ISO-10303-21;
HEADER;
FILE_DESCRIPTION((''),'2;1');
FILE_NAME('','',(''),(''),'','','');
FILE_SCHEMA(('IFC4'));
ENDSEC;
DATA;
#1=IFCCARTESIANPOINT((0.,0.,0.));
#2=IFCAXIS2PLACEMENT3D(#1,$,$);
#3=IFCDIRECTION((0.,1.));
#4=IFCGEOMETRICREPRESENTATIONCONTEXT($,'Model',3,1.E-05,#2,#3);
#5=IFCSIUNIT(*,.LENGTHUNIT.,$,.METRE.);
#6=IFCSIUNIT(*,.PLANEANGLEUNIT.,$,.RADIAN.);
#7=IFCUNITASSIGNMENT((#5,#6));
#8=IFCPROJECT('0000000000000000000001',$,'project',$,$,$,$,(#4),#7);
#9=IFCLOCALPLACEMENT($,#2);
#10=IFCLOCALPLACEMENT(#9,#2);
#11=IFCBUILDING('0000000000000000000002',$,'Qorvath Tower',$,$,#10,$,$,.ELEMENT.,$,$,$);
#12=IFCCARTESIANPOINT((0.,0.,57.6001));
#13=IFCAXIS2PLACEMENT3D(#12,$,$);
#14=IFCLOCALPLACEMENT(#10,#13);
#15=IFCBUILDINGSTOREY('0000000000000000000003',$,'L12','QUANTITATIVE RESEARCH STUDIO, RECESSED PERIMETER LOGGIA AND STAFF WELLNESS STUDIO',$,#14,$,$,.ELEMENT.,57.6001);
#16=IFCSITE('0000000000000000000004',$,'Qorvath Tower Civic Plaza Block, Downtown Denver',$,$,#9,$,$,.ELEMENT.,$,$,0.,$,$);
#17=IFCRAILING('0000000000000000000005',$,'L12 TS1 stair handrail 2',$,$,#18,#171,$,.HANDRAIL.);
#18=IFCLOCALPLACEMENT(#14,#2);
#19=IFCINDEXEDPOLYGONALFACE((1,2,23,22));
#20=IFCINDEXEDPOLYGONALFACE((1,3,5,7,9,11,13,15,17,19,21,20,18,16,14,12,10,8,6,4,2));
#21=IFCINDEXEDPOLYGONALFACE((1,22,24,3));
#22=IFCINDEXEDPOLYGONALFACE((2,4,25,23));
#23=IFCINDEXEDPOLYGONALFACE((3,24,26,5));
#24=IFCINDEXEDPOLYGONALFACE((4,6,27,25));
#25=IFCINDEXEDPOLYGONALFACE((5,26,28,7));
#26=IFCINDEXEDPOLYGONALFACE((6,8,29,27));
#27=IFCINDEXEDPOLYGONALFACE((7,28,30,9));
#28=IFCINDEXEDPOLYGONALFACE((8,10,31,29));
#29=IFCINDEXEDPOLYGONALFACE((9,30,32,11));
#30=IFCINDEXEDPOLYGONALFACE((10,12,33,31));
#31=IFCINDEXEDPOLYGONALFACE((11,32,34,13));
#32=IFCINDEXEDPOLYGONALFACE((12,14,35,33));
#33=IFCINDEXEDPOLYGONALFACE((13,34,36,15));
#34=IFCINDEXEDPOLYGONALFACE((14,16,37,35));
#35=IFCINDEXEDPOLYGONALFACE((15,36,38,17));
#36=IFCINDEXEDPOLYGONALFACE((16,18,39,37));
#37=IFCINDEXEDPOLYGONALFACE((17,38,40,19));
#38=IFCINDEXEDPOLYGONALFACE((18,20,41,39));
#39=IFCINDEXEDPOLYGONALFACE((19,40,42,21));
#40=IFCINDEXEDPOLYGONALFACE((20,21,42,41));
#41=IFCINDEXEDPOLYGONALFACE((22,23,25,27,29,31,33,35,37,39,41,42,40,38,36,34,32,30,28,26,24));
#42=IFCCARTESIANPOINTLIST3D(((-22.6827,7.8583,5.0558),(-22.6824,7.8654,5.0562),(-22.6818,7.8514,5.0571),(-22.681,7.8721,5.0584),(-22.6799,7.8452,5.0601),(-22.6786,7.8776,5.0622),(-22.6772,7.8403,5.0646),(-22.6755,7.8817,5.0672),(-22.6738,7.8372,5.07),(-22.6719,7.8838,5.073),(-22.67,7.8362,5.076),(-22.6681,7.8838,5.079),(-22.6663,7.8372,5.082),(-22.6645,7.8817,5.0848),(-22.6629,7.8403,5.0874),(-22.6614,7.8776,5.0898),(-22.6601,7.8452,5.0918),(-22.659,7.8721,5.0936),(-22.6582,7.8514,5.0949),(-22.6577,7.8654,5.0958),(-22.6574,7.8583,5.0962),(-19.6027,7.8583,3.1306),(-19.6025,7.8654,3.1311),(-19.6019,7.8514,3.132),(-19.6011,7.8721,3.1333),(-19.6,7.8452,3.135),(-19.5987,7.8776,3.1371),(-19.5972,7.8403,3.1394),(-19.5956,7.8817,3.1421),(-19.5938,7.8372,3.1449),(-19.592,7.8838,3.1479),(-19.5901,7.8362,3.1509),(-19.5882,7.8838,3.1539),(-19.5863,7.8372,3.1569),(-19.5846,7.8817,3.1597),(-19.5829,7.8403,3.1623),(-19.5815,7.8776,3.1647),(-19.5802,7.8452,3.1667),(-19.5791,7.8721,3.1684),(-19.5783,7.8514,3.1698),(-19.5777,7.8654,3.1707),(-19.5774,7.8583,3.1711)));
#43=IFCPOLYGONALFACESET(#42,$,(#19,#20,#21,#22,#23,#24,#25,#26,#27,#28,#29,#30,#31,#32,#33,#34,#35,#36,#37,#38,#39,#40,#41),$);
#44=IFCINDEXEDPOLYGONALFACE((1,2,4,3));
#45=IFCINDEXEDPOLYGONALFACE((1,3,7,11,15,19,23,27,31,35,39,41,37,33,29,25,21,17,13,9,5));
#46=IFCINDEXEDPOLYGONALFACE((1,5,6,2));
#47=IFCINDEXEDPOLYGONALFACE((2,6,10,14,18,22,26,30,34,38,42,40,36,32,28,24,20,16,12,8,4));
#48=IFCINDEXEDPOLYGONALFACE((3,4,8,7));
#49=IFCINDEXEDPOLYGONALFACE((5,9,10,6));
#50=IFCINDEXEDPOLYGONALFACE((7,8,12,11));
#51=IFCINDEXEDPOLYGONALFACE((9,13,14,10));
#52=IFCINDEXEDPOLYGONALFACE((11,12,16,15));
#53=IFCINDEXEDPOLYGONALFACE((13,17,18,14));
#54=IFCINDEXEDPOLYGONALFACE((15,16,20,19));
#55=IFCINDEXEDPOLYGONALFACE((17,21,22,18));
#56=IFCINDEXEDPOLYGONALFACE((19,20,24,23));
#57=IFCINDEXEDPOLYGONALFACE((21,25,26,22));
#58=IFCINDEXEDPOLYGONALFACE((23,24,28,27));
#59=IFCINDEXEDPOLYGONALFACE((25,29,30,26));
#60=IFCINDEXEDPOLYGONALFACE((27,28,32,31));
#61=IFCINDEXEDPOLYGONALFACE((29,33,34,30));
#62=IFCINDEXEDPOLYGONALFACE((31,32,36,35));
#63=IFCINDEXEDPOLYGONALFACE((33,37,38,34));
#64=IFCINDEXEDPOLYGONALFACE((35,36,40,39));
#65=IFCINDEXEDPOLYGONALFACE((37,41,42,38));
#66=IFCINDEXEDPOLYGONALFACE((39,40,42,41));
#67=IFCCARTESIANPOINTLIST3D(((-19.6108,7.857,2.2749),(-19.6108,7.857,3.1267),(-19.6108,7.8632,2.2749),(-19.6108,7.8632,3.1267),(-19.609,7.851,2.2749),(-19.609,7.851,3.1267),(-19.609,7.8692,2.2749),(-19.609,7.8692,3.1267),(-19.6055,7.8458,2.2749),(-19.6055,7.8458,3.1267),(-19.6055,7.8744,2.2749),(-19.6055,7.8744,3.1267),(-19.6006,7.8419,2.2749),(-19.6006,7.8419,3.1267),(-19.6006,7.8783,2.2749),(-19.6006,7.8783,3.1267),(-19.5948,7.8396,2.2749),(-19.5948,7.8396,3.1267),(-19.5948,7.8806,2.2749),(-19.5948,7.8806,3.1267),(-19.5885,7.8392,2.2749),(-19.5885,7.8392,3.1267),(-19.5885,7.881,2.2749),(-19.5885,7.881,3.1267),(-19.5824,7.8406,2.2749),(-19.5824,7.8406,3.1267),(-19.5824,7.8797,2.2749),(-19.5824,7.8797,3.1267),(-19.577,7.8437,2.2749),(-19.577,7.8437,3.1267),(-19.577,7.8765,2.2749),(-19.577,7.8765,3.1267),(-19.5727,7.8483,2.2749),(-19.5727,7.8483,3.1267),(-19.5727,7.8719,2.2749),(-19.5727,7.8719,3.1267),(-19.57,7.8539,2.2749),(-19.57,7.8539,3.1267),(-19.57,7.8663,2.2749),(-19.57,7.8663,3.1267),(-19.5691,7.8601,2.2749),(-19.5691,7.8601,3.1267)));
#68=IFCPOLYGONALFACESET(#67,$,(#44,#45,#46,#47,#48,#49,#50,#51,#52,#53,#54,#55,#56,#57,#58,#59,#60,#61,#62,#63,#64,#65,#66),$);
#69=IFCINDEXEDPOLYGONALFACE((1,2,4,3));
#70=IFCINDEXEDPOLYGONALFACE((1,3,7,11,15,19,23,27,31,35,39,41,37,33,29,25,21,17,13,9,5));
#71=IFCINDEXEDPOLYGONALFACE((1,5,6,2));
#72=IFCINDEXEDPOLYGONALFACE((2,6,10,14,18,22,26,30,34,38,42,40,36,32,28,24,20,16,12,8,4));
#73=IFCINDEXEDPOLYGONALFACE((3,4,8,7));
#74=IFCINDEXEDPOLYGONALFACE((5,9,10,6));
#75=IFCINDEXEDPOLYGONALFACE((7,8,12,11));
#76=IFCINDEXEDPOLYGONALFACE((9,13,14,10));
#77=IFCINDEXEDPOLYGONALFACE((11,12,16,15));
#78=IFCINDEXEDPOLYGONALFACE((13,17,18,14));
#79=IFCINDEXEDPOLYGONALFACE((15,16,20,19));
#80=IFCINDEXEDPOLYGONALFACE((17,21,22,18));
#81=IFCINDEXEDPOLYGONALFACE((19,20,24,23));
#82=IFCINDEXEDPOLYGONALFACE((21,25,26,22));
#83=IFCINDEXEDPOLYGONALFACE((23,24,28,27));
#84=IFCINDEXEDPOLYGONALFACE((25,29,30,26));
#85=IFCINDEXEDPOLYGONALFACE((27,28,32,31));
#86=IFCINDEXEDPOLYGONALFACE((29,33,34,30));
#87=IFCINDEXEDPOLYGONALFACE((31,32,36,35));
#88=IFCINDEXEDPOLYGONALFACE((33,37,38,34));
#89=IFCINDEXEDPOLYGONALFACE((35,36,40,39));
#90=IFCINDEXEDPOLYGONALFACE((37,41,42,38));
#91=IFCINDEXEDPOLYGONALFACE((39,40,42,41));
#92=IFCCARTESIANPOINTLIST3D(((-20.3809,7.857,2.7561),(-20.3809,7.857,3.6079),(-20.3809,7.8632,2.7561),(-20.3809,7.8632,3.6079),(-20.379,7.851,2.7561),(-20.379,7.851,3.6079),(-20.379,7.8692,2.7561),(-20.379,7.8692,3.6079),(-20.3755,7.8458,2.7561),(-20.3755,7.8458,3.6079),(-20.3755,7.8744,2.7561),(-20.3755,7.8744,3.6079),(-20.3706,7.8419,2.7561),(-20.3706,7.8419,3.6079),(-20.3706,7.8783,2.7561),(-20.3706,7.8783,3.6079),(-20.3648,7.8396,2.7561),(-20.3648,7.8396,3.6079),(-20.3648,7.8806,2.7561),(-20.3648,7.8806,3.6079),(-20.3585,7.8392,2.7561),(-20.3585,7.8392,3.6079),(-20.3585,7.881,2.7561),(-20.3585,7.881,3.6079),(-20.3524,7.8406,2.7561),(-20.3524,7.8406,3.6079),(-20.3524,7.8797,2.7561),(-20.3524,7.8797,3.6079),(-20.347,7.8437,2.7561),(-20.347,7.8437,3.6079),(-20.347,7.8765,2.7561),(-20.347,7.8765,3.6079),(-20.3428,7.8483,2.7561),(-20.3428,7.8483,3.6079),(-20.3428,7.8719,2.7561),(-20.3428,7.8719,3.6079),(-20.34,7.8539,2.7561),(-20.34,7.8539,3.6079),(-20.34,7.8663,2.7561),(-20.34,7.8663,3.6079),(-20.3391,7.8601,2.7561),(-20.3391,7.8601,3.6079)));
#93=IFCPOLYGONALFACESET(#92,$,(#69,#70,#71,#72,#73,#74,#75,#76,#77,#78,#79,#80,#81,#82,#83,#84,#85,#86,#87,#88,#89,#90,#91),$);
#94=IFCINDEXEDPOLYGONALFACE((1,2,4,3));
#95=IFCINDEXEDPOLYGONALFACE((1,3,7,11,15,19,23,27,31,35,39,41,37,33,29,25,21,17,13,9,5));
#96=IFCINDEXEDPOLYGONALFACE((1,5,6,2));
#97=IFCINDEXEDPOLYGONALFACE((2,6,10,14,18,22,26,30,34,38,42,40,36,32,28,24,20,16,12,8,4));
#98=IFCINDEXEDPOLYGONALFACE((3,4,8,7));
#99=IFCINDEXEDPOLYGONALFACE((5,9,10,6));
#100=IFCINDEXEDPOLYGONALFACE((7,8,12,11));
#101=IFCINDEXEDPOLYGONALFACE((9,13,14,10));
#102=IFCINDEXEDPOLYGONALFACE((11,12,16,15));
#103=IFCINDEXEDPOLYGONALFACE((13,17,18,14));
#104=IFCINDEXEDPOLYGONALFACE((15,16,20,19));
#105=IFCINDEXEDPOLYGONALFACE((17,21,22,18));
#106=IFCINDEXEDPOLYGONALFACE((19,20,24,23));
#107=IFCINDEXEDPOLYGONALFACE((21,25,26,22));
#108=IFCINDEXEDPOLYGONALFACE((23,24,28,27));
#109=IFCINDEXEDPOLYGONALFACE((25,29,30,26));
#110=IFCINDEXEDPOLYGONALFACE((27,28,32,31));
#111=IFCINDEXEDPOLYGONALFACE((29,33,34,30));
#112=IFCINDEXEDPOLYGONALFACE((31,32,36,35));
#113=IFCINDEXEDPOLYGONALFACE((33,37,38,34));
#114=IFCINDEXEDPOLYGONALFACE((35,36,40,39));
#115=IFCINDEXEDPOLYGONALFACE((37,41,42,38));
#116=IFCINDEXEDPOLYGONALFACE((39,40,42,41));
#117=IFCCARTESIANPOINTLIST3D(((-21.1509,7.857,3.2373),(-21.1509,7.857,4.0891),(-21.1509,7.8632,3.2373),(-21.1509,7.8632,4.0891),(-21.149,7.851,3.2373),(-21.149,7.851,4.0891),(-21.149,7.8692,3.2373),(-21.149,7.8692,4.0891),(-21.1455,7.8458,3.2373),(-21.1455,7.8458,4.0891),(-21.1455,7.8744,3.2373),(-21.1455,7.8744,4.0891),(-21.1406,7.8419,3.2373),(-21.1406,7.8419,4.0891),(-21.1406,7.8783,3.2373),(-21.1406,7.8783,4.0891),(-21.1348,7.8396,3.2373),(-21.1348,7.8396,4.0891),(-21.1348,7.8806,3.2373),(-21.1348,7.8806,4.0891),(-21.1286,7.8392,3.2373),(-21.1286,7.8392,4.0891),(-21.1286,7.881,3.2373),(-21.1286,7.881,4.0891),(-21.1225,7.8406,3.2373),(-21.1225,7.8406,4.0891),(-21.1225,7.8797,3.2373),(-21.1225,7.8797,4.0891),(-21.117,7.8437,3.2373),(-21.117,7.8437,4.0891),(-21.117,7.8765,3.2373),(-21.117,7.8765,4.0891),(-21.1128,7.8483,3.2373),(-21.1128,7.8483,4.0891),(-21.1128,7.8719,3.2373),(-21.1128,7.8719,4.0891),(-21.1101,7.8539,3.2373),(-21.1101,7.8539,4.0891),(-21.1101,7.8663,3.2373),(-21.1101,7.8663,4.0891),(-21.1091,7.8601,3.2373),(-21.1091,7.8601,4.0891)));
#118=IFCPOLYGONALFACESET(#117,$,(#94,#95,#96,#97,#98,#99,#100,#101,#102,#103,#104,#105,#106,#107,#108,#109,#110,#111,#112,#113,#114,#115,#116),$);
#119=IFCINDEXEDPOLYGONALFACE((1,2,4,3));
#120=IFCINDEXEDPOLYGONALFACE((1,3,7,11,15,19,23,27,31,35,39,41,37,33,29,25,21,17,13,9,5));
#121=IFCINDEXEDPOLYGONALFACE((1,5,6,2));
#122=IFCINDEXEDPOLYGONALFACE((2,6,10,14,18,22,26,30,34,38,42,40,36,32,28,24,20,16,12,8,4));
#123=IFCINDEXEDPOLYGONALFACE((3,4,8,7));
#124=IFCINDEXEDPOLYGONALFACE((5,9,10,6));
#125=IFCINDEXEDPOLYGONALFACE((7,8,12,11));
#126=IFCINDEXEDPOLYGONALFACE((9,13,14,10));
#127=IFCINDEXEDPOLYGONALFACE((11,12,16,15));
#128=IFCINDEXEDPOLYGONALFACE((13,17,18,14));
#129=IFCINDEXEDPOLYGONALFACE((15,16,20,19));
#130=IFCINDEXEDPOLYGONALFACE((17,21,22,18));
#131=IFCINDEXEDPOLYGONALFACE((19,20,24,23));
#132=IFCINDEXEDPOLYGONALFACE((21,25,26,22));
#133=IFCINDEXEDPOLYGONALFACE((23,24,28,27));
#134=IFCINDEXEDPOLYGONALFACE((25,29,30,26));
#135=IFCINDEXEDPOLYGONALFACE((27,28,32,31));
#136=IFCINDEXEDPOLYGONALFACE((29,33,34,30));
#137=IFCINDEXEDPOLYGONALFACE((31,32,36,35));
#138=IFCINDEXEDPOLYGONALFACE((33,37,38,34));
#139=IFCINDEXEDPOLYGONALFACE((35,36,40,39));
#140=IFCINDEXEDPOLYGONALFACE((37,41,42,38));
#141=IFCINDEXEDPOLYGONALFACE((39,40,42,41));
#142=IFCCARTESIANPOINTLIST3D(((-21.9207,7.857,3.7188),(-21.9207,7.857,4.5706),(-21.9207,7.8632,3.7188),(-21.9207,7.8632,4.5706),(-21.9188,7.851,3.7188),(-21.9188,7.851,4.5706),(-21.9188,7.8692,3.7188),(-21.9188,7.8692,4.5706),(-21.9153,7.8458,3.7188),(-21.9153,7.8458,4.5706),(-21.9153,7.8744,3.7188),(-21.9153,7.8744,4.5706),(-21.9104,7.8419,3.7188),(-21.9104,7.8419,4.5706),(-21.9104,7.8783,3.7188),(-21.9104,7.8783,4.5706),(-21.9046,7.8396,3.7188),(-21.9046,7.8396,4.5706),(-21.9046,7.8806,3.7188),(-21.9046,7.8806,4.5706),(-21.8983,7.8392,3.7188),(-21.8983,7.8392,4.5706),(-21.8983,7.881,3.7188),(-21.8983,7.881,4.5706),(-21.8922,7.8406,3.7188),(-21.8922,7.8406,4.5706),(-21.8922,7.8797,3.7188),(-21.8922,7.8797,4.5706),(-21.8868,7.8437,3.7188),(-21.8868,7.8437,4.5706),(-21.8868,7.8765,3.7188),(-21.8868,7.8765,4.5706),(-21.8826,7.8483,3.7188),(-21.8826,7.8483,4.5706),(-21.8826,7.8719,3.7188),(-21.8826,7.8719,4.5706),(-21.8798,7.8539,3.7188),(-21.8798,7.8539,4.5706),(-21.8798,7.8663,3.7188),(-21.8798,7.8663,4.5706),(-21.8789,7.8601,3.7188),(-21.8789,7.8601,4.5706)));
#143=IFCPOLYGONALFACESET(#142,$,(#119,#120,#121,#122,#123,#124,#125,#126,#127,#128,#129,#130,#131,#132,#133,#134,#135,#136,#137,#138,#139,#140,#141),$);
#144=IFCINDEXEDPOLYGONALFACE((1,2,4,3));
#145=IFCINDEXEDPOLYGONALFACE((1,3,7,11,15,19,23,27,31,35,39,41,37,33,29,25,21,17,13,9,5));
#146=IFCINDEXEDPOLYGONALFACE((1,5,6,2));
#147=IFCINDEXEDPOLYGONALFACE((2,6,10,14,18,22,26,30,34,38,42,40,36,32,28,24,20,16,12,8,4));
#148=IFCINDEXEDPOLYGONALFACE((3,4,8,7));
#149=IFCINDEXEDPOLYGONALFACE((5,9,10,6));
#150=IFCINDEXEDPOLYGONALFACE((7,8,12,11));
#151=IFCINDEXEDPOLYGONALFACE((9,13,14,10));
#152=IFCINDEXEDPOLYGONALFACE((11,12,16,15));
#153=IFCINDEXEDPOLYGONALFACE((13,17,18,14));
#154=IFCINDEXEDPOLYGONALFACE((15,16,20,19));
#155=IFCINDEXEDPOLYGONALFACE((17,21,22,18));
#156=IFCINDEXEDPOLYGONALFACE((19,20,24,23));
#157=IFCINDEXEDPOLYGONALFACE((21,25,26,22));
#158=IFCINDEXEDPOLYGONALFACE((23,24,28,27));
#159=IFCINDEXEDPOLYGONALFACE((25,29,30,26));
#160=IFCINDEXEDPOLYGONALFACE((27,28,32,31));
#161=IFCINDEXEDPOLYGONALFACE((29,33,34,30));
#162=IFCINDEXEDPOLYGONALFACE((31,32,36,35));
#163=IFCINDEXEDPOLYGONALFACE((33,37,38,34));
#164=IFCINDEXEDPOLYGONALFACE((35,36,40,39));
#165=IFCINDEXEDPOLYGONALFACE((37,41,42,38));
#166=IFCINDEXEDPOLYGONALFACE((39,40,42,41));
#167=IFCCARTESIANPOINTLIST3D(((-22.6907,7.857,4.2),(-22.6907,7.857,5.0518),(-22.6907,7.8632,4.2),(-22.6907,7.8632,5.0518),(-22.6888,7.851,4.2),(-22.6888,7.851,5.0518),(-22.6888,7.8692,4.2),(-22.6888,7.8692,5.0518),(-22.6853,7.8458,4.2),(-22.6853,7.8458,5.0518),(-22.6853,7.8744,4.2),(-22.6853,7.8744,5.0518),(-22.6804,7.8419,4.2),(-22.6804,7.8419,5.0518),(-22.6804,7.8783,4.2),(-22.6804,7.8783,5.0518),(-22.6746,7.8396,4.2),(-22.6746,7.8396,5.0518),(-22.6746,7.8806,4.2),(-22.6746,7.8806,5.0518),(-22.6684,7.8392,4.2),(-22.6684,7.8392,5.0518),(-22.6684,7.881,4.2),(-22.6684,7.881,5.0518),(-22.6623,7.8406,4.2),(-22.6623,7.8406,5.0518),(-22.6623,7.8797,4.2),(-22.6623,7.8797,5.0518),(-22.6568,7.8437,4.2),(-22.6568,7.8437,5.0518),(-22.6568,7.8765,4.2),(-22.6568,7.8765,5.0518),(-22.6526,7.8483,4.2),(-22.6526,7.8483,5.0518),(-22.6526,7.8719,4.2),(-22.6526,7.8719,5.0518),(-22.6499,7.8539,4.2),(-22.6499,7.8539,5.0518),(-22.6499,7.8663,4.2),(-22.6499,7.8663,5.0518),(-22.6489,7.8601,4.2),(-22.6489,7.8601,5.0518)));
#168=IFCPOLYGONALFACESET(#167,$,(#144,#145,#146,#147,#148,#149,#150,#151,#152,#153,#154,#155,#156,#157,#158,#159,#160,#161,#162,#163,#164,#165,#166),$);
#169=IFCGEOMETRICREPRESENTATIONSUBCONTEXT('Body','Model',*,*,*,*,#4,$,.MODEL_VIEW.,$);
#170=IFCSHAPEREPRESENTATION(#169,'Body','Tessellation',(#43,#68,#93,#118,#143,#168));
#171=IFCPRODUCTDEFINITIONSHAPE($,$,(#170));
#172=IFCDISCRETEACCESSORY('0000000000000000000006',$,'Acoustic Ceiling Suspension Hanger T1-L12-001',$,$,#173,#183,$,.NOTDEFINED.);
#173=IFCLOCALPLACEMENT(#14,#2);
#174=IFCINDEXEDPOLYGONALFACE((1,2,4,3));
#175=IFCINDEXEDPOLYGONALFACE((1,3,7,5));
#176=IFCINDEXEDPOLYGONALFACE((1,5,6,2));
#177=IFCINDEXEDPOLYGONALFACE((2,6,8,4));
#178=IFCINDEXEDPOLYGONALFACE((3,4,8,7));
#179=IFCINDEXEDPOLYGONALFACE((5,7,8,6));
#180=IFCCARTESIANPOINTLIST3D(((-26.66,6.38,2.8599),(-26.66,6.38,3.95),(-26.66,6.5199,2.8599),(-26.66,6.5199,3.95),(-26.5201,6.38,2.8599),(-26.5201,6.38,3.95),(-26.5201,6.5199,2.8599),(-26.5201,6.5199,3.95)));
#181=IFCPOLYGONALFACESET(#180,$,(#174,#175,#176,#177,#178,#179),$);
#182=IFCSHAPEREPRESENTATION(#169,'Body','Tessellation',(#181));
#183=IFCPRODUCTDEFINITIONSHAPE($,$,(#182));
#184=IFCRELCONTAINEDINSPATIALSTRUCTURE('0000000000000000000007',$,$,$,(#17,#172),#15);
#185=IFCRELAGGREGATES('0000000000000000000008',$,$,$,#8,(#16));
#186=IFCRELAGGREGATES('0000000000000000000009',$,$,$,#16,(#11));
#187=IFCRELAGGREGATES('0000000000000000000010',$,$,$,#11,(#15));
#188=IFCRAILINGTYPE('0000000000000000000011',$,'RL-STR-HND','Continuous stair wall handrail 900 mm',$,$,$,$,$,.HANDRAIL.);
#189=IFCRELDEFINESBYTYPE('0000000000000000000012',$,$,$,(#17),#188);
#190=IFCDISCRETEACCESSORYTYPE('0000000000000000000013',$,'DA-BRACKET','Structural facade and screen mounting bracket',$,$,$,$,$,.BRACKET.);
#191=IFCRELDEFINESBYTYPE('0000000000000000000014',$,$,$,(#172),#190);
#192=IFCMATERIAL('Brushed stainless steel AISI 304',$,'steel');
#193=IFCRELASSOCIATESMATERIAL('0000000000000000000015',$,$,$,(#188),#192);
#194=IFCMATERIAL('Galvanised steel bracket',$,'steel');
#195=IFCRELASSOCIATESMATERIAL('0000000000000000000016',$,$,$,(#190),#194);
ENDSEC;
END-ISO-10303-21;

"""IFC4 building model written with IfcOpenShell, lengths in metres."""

from ifc_helpers import new_model, si_unit, direction, frame, origin, origin_2d, place, context, subcontext, project, spatial, rectangle, circle, extrude, material, type_object, element, save


model = new_model("IFC4")

# Units and contexts
model_context = context("Model", 3, precision=1e-05, world=origin(), true_north=direction((0.0, 1.0)))
body_context = subcontext(model_context, "Body", "Model", "MODEL_VIEW")
ifc_project = project(units=[si_unit("LENGTHUNIT", "METRE"), si_unit("PLANEANGLEUNIT", "RADIAN")], contexts=[model_context])

# Site, building, storey
site_placement = place(None, origin())
site = spatial("IfcSite", under=ifc_project, at=site_placement, Name="Qorvath Tower Civic Plaza Block, Downtown Denver", CompositionType="ELEMENT", RefElevation=0.0)
building_placement = place(site_placement, origin())
building = spatial("IfcBuilding", under=site, at=building_placement, Name="Qorvath Tower", CompositionType="ELEMENT")
storey_placement = place(building_placement, frame((0.0, 0.0, 57.6001)))
storey = spatial("IfcBuildingStorey", under=building, at=storey_placement, Name="L12", Description="QUANTITATIVE RESEARCH STUDIO, RECESSED PERIMETER LOGGIA AND STAFF WELLNESS STUDIO", CompositionType="ELEMENT", Elevation=57.6001)

# Railing
ifc_material_1 = material(Name="Brushed stainless steel AISI 304", Category="steel")
railing_type_1 = type_object("IfcRailingType", Name="RL-STR-HND", Description="Continuous stair wall handrail 900 mm", PredefinedType="HANDRAIL", material=ifc_material_1)
railing_1_placement = place(storey_placement, frame((-19.5901, 7.8601, 2.2749)))
element("IfcRailing", 1, at=railing_1_placement, inside=storey, type_object=railing_type_1, Name="L12 TS1 stair handrail 2", PredefinedType="HANDRAIL", context=body_context, shape_type="SweptSolid", body=[
    extrude(circle(Radius=0.0239, at=origin_2d()), frame((0.0, 0.0, 0.876), z_axis=(-0.847979, 0.0, 0.530029), x_axis=(0.0, -1.0, 0.0)), (0.0, 0.0, 1.0), 3.6321),
    extrude(circle(Radius=0.021, at=origin_2d()), origin(), (0.0, 0.0, 1.0), 0.8518),
    extrude(circle(Radius=0.021, at=origin_2d()), frame((-0.77, 0.0, 0.4812)), (0.0, 0.0, 1.0), 0.8518),
    extrude(circle(Radius=0.021, at=origin_2d()), frame((-1.54, 0.0, 0.9624)), (0.0, 0.0, 1.0), 0.8518),
    extrude(circle(Radius=0.021, at=origin_2d()), frame((-2.3098, 0.0, 1.4438)), (0.0, 0.0, 1.0), 0.8518),
    extrude(circle(Radius=0.021, at=origin_2d()), frame((-3.0798, 0.0, 1.925)), (0.0, 0.0, 1.0), 0.8518),
])

# Discrete accessory
ifc_material_2 = material(Name="Galvanised steel bracket", Category="steel")
discrete_accessory_type = type_object("IfcDiscreteAccessoryType", Name="DA-BRACKET", Description="Structural facade and screen mounting bracket", PredefinedType="BRACKET", material=ifc_material_2)
discrete_accessory_placement = place(storey_placement, frame((-26.5901, 6.45, 2.8599), z_axis=(0.0, 0.0, 1.0), x_axis=(1.0, 0.0, 0.0)))
element("IfcDiscreteAccessory", 2, at=discrete_accessory_placement, inside=storey, type_object=discrete_accessory_type, Name="Acoustic Ceiling Suspension Hanger T1-L12-001", PredefinedType="NOTDEFINED", context=body_context, shape_type="SweptSolid", body=[
    extrude(rectangle(XDim=0.1399, YDim=0.1399, at=origin_2d()), origin(), (0.0, 0.0, 1.0), 1.0901),
])

save(model, "model.ifc")
